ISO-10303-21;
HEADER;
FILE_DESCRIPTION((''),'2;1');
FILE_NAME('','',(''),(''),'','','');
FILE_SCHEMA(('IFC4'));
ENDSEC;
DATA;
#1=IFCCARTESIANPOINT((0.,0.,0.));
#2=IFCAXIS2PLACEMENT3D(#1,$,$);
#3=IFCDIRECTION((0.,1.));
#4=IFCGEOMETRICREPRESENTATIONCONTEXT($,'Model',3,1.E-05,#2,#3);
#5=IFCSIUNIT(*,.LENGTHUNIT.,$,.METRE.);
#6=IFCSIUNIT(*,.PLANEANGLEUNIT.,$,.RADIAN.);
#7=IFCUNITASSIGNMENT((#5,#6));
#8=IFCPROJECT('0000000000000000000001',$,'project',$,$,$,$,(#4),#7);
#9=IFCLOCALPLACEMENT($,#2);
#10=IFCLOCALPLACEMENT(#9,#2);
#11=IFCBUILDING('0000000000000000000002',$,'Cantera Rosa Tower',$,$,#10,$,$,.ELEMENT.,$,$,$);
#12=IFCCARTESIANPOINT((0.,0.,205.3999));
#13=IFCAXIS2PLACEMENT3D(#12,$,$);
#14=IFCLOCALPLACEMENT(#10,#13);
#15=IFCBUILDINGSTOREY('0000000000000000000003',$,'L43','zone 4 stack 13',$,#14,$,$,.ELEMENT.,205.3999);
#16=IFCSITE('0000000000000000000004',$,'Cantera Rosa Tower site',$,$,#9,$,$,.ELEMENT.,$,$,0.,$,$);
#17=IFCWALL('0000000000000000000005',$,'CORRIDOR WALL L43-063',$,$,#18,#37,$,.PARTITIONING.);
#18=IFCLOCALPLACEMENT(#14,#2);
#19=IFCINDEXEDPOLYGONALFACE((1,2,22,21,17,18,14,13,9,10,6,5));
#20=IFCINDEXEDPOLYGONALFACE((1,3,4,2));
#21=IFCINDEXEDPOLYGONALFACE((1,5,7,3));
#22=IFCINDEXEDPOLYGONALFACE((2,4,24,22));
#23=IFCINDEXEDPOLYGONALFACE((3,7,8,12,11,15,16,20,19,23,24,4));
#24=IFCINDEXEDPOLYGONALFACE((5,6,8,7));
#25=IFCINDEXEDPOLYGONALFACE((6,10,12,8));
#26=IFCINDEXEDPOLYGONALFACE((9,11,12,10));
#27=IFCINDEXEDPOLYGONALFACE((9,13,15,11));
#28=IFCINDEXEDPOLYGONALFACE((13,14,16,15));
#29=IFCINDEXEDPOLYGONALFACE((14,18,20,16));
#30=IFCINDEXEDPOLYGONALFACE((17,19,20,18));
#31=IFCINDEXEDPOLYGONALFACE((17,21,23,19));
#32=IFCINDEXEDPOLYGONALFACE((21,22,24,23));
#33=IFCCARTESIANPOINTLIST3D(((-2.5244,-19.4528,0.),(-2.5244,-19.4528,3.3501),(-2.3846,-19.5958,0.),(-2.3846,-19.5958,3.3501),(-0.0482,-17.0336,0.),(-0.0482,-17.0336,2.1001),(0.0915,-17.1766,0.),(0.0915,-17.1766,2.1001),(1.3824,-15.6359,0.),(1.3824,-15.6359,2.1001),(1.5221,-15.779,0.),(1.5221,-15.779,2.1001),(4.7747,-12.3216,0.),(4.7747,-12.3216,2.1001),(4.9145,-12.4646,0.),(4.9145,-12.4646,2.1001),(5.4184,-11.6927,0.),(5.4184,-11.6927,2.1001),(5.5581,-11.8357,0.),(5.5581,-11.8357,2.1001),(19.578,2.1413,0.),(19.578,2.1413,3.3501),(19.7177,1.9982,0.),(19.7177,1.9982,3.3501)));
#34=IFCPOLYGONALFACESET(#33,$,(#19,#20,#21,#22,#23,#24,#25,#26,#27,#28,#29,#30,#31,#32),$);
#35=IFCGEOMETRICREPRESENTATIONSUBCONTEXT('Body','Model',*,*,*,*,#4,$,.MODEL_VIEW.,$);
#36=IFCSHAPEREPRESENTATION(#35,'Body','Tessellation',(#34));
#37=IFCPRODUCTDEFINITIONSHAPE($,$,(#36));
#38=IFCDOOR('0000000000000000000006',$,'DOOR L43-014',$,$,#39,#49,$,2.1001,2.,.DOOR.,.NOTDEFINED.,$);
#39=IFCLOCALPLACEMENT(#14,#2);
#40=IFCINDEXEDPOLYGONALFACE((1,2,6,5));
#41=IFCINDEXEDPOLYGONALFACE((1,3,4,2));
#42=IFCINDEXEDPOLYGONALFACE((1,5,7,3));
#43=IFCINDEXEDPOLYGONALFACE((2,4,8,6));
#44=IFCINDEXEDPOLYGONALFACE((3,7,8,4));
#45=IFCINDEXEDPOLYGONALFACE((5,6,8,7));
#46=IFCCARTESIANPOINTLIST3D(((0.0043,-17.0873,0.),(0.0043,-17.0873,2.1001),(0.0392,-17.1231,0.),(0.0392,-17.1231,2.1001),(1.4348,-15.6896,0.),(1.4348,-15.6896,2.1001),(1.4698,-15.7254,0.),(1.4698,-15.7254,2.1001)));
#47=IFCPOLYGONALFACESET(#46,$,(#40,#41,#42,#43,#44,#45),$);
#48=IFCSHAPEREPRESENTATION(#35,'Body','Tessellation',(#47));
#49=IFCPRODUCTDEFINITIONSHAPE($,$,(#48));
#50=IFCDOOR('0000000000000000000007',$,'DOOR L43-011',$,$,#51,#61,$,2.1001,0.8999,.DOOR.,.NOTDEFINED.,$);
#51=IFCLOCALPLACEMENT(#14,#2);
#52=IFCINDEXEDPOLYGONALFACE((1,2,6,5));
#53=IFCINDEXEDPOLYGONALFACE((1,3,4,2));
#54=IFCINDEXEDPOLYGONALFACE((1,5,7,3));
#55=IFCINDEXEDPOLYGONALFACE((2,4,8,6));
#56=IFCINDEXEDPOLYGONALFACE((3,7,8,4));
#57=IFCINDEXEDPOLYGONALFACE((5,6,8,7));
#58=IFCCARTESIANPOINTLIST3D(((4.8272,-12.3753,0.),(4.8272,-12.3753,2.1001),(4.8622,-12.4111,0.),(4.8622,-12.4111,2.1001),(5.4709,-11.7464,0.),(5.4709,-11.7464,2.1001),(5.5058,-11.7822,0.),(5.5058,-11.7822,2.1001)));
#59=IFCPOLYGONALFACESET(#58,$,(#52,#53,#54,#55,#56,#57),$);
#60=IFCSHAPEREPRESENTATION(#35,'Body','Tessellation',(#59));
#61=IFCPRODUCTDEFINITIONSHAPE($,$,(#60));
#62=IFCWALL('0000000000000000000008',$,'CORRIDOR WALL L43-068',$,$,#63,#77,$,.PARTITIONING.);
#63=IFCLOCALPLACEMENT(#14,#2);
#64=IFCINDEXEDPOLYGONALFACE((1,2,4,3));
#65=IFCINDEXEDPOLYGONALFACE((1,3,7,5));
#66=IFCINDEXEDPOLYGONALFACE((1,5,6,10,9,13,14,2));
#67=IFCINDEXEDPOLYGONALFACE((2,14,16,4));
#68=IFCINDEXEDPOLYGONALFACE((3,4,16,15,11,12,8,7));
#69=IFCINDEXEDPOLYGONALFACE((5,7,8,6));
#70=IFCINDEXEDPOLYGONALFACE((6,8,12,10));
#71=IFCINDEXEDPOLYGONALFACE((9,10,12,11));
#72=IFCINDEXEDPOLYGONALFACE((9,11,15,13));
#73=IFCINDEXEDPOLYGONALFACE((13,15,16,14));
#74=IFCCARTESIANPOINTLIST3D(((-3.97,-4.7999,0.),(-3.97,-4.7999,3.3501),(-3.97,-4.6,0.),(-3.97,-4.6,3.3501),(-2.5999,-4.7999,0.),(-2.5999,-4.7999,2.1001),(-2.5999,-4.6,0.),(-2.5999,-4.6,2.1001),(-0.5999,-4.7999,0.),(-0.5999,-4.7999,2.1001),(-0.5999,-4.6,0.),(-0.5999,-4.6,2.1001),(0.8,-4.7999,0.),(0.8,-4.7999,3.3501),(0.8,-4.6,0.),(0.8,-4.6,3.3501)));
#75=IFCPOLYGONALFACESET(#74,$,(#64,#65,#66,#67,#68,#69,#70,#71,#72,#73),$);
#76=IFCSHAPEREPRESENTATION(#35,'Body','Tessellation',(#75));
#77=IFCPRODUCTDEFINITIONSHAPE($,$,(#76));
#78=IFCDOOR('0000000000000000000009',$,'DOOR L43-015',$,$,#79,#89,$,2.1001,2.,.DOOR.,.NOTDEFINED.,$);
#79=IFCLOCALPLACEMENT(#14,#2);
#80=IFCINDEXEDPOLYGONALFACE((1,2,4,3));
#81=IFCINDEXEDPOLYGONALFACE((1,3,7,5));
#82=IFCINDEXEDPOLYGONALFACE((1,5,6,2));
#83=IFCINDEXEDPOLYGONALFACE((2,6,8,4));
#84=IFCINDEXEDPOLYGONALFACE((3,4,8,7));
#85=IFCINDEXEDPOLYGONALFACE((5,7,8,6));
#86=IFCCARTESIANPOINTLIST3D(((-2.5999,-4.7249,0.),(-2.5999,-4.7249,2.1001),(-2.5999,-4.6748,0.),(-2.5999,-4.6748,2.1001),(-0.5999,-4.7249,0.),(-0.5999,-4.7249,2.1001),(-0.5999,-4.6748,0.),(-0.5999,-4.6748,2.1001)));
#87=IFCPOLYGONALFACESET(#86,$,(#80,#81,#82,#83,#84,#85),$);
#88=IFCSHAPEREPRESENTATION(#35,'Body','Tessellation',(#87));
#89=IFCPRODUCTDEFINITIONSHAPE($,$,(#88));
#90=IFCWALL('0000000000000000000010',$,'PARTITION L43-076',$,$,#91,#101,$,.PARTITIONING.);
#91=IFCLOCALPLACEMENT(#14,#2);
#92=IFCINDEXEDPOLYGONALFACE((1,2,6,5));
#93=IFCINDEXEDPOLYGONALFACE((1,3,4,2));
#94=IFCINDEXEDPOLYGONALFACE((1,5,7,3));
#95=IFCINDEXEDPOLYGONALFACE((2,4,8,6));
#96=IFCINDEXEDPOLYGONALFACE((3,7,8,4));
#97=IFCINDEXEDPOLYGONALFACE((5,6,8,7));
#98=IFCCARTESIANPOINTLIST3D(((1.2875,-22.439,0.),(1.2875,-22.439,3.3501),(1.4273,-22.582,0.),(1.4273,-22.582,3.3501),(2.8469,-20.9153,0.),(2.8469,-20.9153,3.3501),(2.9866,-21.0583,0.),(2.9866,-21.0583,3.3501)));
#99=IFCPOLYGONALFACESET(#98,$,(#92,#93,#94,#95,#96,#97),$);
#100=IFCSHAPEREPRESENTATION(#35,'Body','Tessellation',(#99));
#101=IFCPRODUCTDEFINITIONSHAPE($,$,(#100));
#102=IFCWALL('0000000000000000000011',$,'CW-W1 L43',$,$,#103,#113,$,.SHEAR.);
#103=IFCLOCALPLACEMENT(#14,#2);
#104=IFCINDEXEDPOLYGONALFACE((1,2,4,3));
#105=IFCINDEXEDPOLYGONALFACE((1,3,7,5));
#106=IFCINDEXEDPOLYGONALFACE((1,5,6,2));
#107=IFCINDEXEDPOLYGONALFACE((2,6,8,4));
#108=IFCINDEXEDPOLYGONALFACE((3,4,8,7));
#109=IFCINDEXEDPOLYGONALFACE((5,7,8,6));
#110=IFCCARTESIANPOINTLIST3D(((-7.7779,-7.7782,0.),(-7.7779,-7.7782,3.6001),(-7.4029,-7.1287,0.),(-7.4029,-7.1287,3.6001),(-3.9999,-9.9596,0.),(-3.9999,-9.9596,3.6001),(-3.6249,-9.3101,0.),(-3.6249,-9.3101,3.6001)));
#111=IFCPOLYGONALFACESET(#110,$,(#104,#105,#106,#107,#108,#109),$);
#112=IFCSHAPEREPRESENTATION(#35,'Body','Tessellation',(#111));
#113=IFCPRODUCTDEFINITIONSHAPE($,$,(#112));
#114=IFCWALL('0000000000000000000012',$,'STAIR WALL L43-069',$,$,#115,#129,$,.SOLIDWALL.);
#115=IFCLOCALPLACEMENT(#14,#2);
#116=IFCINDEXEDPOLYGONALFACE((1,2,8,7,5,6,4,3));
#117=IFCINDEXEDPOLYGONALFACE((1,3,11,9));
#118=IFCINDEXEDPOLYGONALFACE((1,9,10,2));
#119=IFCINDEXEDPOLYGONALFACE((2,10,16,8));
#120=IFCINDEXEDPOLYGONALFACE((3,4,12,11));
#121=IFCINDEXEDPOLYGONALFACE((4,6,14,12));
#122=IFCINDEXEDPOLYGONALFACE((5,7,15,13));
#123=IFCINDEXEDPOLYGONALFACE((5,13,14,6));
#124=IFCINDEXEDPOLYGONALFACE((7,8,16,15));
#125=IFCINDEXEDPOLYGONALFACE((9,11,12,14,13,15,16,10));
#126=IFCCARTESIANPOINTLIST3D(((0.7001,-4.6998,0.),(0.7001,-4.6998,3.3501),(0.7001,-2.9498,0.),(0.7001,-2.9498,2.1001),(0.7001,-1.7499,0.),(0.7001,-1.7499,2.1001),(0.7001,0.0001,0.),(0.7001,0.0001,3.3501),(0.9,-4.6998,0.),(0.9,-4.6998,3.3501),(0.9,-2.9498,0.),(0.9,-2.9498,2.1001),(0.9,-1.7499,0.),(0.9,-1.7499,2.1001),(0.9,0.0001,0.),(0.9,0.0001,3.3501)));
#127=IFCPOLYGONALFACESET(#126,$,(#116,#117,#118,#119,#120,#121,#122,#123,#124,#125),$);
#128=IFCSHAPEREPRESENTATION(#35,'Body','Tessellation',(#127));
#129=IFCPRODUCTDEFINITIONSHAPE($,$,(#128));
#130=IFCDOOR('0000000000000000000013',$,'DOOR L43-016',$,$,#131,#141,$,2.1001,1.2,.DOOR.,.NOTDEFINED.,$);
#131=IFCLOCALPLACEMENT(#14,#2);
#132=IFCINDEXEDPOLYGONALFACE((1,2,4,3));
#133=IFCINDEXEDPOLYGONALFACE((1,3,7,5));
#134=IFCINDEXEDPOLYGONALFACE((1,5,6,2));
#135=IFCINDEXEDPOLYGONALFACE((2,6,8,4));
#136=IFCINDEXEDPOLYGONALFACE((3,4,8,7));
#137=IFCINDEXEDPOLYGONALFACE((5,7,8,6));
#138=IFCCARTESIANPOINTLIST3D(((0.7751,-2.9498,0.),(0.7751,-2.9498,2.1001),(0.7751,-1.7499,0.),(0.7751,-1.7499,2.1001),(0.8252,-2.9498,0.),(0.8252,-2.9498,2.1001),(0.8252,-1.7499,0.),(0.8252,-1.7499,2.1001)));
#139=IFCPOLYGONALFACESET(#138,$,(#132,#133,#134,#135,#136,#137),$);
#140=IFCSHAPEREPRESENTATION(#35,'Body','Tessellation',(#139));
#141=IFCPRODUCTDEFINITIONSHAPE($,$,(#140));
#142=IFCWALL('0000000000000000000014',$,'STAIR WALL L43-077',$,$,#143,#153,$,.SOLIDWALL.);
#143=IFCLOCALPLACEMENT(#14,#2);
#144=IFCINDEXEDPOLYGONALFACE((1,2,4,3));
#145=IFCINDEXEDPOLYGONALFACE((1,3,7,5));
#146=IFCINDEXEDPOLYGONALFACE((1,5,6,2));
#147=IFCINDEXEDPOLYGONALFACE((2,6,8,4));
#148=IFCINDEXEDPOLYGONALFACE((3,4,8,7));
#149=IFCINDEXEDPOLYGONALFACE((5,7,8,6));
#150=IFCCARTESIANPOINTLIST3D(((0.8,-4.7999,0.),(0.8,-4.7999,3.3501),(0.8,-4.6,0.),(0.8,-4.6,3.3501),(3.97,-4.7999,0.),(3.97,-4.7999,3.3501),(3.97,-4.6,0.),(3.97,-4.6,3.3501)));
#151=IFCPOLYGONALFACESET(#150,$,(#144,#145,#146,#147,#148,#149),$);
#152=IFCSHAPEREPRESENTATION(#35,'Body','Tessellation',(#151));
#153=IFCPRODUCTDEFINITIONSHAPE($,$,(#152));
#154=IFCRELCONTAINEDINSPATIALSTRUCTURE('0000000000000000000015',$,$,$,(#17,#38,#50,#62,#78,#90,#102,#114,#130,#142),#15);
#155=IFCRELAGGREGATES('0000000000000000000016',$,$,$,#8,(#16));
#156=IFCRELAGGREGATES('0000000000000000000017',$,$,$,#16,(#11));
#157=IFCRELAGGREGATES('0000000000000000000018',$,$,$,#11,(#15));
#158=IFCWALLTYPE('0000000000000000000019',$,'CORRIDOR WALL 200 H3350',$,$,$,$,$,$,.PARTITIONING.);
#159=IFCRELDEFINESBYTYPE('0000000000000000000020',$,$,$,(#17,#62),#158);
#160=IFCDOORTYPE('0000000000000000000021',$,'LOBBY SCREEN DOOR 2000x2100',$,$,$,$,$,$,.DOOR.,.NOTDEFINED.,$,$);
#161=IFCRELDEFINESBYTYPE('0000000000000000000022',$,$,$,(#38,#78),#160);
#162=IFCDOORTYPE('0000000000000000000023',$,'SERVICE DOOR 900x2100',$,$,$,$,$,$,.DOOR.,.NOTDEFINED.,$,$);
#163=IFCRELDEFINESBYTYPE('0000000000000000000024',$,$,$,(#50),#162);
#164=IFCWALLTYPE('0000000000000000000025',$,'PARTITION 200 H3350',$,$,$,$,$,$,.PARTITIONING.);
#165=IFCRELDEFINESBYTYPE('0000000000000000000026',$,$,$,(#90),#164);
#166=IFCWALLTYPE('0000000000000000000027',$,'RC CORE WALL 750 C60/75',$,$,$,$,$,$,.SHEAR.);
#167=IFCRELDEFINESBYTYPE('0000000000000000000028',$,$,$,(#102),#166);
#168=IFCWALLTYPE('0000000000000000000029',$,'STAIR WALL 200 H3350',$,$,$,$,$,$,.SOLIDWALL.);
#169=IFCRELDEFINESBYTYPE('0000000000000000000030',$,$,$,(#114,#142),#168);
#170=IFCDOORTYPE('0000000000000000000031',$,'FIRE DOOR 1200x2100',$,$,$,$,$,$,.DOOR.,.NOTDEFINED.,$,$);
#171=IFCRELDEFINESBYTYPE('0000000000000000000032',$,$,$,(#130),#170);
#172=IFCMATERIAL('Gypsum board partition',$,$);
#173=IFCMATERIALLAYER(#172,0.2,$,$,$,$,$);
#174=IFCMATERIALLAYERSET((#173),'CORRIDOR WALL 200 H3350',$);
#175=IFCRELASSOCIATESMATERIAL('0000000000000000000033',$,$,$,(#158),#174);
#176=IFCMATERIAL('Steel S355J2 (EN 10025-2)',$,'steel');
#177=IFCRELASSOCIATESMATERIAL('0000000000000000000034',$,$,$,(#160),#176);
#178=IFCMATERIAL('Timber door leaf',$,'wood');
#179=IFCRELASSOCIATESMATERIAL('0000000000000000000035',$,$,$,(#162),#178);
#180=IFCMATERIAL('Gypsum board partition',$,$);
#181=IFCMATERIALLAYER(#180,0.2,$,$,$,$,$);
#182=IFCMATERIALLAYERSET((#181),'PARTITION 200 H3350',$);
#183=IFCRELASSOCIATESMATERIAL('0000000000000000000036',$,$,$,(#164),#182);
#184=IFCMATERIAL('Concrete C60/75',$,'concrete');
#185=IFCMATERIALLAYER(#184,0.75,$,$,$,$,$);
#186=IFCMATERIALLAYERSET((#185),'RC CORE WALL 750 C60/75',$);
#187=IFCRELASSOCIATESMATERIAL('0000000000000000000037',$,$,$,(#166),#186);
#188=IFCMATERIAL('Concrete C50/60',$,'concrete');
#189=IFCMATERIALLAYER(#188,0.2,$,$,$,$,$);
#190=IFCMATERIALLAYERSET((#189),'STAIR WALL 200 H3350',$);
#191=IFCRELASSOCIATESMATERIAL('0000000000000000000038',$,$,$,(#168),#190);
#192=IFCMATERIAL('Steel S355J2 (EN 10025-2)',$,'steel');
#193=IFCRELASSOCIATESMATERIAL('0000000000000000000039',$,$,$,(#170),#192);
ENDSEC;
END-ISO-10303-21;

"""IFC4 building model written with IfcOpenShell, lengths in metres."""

from ifc_helpers import new_model, si_unit, direction, frame, frame_2d, origin, place, context, subcontext, project, spatial, rectangle, extrude, material, layer, layer_set, type_object, element, fill, save


model = new_model("IFC4")

# Units and contexts
model_context = context("Model", 3, precision=1e-05, world=origin(), true_north=direction((0.0, 1.0)))
body_context = subcontext(model_context, "Body", "Model", "MODEL_VIEW")
ifc_project = project(units=[si_unit("LENGTHUNIT", "METRE"), si_unit("PLANEANGLEUNIT", "RADIAN")], contexts=[model_context])

# Site, building, storey
site_placement = place(None, origin())
site = spatial("IfcSite", under=ifc_project, at=site_placement, Name="Cantera Rosa Tower site", CompositionType="ELEMENT", RefElevation=0.0)
building_placement = place(site_placement, origin())
building = spatial("IfcBuilding", under=site, at=building_placement, Name="Cantera Rosa Tower", CompositionType="ELEMENT")
storey_placement = place(building_placement, frame((0.0, 0.0, 205.3999)))
storey = spatial("IfcBuildingStorey", under=building, at=storey_placement, Name="L43", Description="zone 4 stack 13", CompositionType="ELEMENT", Elevation=205.3999)

# Shared definitions
ifc_material_1 = material(Name="Gypsum board partition")
ifc_layer_1 = layer(ifc_material_1, 0.2)
ifc_layer_set_1 = layer_set([ifc_layer_1], Name="CORRIDOR WALL 200 H3350")
wall_type_1 = type_object("IfcWallType", Name="CORRIDOR WALL 200 H3350", PredefinedType="PARTITIONING", material=ifc_layer_set_1)

# Wall, openings, doors
wall_1_placement = place(storey_placement, frame((-2.4546, -19.5244, 0.0), z_axis=(0.0, 0.0, 1.0), x_axis=(0.715284, 0.698834, 0.0)))
wall_1 = element("IfcWall", 1, at=wall_1_placement, inside=storey, type_object=wall_type_1, Name="CORRIDOR WALL L43-063", PredefinedType="PARTITIONING", context=body_context, shape_type="SweptSolid", body=[
    extrude(rectangle(XDim=30.9001, YDim=0.2, at=frame_2d((15.4502, 0.0))), origin(), (0.0, 0.0, 1.0), 3.3501),
])
opening_1_placement = place(wall_1_placement, frame((10.2046, 0.0, 0.0)))
opening_1 = element("IfcOpeningElement", 2, at=opening_1_placement, cuts=wall_1, PredefinedType="OPENING", context=body_context, shape_type="SweptSolid", body=[
    extrude(rectangle(XDim=0.8999, YDim=2.1001, at=frame_2d((0.45, 1.05))), frame((0.0, 0.1099, 0.0), z_axis=(0.0, -1.0, 0.0), x_axis=(1.0, 0.0, 0.0)), (0.0, 0.0, 1.0), 0.22),
])
opening_2_placement = place(wall_1_placement, frame((3.4619, 0.0, 0.0)))
opening_2 = element("IfcOpeningElement", 3, at=opening_2_placement, cuts=wall_1, PredefinedType="OPENING", context=body_context, shape_type="SweptSolid", body=[
    extrude(rectangle(XDim=2.0, YDim=2.1001, at=frame_2d((1.0, 1.05))), frame((0.0, 0.1099, 0.0), z_axis=(0.0, -1.0, 0.0), x_axis=(1.0, 0.0, 0.0)), (0.0, 0.0, 1.0), 0.22),
])
ifc_material_2 = material(Name="Steel S355J2 (EN 10025-2)", Category="steel")
door_type_1 = type_object("IfcDoorType", Name="LOBBY SCREEN DOOR 2000x2100", OperationType="NOTDEFINED", PredefinedType="DOOR", material=ifc_material_2)
door_1_placement = place(opening_2_placement, origin())
door_1 = element("IfcDoor", 4, at=door_1_placement, inside=storey, type_object=door_type_1, Name="DOOR L43-014", OperationType="NOTDEFINED", OverallHeight=2.1001, OverallWidth=2.0, PredefinedType="DOOR", context=body_context, shape_type="SweptSolid", body=[
    extrude(rectangle(XDim=2.0, YDim=2.1001, at=frame_2d((1.0, 1.05))), frame((0.0, 0.0249, 0.0), z_axis=(0.0, -1.0, 0.0), x_axis=(1.0, 0.0, 0.0)), (0.0, 0.0, 1.0), 0.05),
])
fill(opening_2, door_1)
ifc_material_3 = material(Name="Timber door leaf", Category="wood")
door_type_2 = type_object("IfcDoorType", Name="SERVICE DOOR 900x2100", OperationType="NOTDEFINED", PredefinedType="DOOR", material=ifc_material_3)
door_2_placement = place(opening_1_placement, origin())
door_2 = element("IfcDoor", 5, at=door_2_placement, inside=storey, type_object=door_type_2, Name="DOOR L43-011", OperationType="NOTDEFINED", OverallHeight=2.1001, OverallWidth=0.8999, PredefinedType="DOOR", context=body_context, shape_type="SweptSolid", body=[
    extrude(rectangle(XDim=0.8999, YDim=2.1001, at=frame_2d((0.45, 1.05))), frame((0.0, 0.0249, 0.0), z_axis=(0.0, -1.0, 0.0), x_axis=(1.0, 0.0, 0.0)), (0.0, 0.0, 1.0), 0.05),
])
fill(opening_1, door_2)

# Wall, opening, door
wall_2_placement = place(storey_placement, frame((0.8, -4.7, 0.0), z_axis=(0.0, 0.0, 1.0), x_axis=(-1.0, 0.0, 0.0)))
wall_2 = element("IfcWall", 6, at=wall_2_placement, inside=storey, type_object=wall_type_1, Name="CORRIDOR WALL L43-068", PredefinedType="PARTITIONING", context=body_context, shape_type="SweptSolid", body=[
    extrude(rectangle(XDim=4.77, YDim=0.2, at=frame_2d((2.385, 0.0))), origin(), (0.0, 0.0, 1.0), 3.3501),
])
opening_3_placement = place(wall_2_placement, frame((1.3999, 0.0, 0.0)))
opening_3 = element("IfcOpeningElement", 7, at=opening_3_placement, cuts=wall_2, PredefinedType="OPENING", context=body_context, shape_type="SweptSolid", body=[
    extrude(rectangle(XDim=2.0, YDim=2.1001, at=frame_2d((1.0, 1.05))), frame((0.0, 0.1099, 0.0), z_axis=(0.0, -1.0, 0.0), x_axis=(1.0, 0.0, 0.0)), (0.0, 0.0, 1.0), 0.22),
])
door_3_placement = place(opening_3_placement, origin())
door_3 = element("IfcDoor", 8, at=door_3_placement, inside=storey, type_object=door_type_1, Name="DOOR L43-015", OperationType="NOTDEFINED", OverallHeight=2.1001, OverallWidth=2.0, PredefinedType="DOOR", context=body_context, shape_type="SweptSolid", body=[
    extrude(rectangle(XDim=2.0, YDim=2.1001, at=frame_2d((1.0, 1.05))), frame((0.0, 0.0249, 0.0), z_axis=(0.0, -1.0, 0.0), x_axis=(1.0, 0.0, 0.0)), (0.0, 0.0, 1.0), 0.05),
])
fill(opening_3, door_3)

# Walls
ifc_material_4 = material(Name="Gypsum board partition")
ifc_layer_2 = layer(ifc_material_4, 0.2)
ifc_layer_set_2 = layer_set([ifc_layer_2], Name="PARTITION 200 H3350")
wall_type_2 = type_object("IfcWallType", Name="PARTITION 200 H3350", PredefinedType="PARTITIONING", material=ifc_layer_set_2)
wall_3_placement = place(storey_placement, frame((2.9167, -20.9868, 0.0), z_axis=(0.0, 0.0, 1.0), x_axis=(-0.715234, -0.698885, 0.0)))
element("IfcWall", 9, at=wall_3_placement, inside=storey, type_object=wall_type_2, Name="PARTITION L43-076", PredefinedType="PARTITIONING", context=body_context, shape_type="SweptSolid", body=[
    extrude(rectangle(XDim=2.1802, YDim=0.2, at=frame_2d((1.0901, 0.0))), origin(), (0.0, 0.0, 1.0), 3.3501),
])
ifc_material_5 = material(Name="Concrete C60/75", Category="concrete")
ifc_layer_3 = layer(ifc_material_5, 0.75)
ifc_layer_set_3 = layer_set([ifc_layer_3], Name="RC CORE WALL 750 C60/75")
wall_type_3 = type_object("IfcWallType", Name="RC CORE WALL 750 C60/75", PredefinedType="SHEAR", material=ifc_layer_set_3)
wall_4_placement = place(storey_placement, frame((-3.8125, -9.6348, 0.0), z_axis=(0.0, 0.0, 1.0), x_axis=(-0.866013, 0.500021, 0.0)))
element("IfcWall", 10, at=wall_4_placement, inside=storey, type_object=wall_type_3, Name="CW-W1 L43", PredefinedType="SHEAR", context=body_context, shape_type="SweptSolid", body=[
    extrude(rectangle(XDim=4.3625, YDim=0.75, at=frame_2d((2.1812, 0.0))), origin(), (0.0, 0.0, 1.0), 3.6001),
])

# Wall, opening, door
ifc_material_6 = material(Name="Concrete C50/60", Category="concrete")
ifc_layer_4 = layer(ifc_material_6, 0.2)
ifc_layer_set_4 = layer_set([ifc_layer_4], Name="STAIR WALL 200 H3350")
wall_type_4 = type_object("IfcWallType", Name="STAIR WALL 200 H3350", PredefinedType="SOLIDWALL", material=ifc_layer_set_4)
wall_5_placement = place(storey_placement, frame((0.8, -4.7, 0.0), z_axis=(0.0, 0.0, 1.0), x_axis=(0.0, 1.0, 0.0)))
wall_5 = element("IfcWall", 11, at=wall_5_placement, inside=storey, type_object=wall_type_4, Name="STAIR WALL L43-069", PredefinedType="SOLIDWALL", context=body_context, shape_type="SweptSolid", body=[
    extrude(rectangle(XDim=4.7, YDim=0.2, at=frame_2d((2.3501, 0.0))), origin(), (0.0, 0.0, 1.0), 3.3501),
])
opening_4_placement = place(wall_5_placement, frame((1.75, 0.0, 0.0)))
opening_4 = element("IfcOpeningElement", 12, at=opening_4_placement, cuts=wall_5, PredefinedType="OPENING", context=body_context, shape_type="SweptSolid", body=[
    extrude(rectangle(XDim=1.2, YDim=2.1001, at=frame_2d((0.6001, 1.05))), frame((0.0, 0.1099, 0.0), z_axis=(0.0, -1.0, 0.0), x_axis=(1.0, 0.0, 0.0)), (0.0, 0.0, 1.0), 0.22),
])
ifc_material_7 = material(Name="Steel S355J2 (EN 10025-2)", Category="steel")
door_type_3 = type_object("IfcDoorType", Name="FIRE DOOR 1200x2100", OperationType="NOTDEFINED", PredefinedType="DOOR", material=ifc_material_7)
door_4_placement = place(opening_4_placement, origin())
door_4 = element("IfcDoor", 13, at=door_4_placement, inside=storey, type_object=door_type_3, Name="DOOR L43-016", OperationType="NOTDEFINED", OverallHeight=2.1001, OverallWidth=1.2, PredefinedType="DOOR", context=body_context, shape_type="SweptSolid", body=[
    extrude(rectangle(XDim=1.2, YDim=2.1001, at=frame_2d((0.6001, 1.05))), frame((0.0, 0.0249, 0.0), z_axis=(0.0, -1.0, 0.0), x_axis=(1.0, 0.0, 0.0)), (0.0, 0.0, 1.0), 0.05),
])
fill(opening_4, door_4)

# Wall
wall_6_placement = place(storey_placement, frame((3.97, -4.7, 0.0), z_axis=(0.0, 0.0, 1.0), x_axis=(-1.0, 0.0, 0.0)))
element("IfcWall", 14, at=wall_6_placement, inside=storey, type_object=wall_type_4, Name="STAIR WALL L43-077", PredefinedType="SOLIDWALL", context=body_context, shape_type="SweptSolid", body=[
    extrude(rectangle(XDim=3.1699, YDim=0.2, at=frame_2d((1.585, 0.0))), origin(), (0.0, 0.0, 1.0), 3.3501),
])

save(model, "model.ifc")
